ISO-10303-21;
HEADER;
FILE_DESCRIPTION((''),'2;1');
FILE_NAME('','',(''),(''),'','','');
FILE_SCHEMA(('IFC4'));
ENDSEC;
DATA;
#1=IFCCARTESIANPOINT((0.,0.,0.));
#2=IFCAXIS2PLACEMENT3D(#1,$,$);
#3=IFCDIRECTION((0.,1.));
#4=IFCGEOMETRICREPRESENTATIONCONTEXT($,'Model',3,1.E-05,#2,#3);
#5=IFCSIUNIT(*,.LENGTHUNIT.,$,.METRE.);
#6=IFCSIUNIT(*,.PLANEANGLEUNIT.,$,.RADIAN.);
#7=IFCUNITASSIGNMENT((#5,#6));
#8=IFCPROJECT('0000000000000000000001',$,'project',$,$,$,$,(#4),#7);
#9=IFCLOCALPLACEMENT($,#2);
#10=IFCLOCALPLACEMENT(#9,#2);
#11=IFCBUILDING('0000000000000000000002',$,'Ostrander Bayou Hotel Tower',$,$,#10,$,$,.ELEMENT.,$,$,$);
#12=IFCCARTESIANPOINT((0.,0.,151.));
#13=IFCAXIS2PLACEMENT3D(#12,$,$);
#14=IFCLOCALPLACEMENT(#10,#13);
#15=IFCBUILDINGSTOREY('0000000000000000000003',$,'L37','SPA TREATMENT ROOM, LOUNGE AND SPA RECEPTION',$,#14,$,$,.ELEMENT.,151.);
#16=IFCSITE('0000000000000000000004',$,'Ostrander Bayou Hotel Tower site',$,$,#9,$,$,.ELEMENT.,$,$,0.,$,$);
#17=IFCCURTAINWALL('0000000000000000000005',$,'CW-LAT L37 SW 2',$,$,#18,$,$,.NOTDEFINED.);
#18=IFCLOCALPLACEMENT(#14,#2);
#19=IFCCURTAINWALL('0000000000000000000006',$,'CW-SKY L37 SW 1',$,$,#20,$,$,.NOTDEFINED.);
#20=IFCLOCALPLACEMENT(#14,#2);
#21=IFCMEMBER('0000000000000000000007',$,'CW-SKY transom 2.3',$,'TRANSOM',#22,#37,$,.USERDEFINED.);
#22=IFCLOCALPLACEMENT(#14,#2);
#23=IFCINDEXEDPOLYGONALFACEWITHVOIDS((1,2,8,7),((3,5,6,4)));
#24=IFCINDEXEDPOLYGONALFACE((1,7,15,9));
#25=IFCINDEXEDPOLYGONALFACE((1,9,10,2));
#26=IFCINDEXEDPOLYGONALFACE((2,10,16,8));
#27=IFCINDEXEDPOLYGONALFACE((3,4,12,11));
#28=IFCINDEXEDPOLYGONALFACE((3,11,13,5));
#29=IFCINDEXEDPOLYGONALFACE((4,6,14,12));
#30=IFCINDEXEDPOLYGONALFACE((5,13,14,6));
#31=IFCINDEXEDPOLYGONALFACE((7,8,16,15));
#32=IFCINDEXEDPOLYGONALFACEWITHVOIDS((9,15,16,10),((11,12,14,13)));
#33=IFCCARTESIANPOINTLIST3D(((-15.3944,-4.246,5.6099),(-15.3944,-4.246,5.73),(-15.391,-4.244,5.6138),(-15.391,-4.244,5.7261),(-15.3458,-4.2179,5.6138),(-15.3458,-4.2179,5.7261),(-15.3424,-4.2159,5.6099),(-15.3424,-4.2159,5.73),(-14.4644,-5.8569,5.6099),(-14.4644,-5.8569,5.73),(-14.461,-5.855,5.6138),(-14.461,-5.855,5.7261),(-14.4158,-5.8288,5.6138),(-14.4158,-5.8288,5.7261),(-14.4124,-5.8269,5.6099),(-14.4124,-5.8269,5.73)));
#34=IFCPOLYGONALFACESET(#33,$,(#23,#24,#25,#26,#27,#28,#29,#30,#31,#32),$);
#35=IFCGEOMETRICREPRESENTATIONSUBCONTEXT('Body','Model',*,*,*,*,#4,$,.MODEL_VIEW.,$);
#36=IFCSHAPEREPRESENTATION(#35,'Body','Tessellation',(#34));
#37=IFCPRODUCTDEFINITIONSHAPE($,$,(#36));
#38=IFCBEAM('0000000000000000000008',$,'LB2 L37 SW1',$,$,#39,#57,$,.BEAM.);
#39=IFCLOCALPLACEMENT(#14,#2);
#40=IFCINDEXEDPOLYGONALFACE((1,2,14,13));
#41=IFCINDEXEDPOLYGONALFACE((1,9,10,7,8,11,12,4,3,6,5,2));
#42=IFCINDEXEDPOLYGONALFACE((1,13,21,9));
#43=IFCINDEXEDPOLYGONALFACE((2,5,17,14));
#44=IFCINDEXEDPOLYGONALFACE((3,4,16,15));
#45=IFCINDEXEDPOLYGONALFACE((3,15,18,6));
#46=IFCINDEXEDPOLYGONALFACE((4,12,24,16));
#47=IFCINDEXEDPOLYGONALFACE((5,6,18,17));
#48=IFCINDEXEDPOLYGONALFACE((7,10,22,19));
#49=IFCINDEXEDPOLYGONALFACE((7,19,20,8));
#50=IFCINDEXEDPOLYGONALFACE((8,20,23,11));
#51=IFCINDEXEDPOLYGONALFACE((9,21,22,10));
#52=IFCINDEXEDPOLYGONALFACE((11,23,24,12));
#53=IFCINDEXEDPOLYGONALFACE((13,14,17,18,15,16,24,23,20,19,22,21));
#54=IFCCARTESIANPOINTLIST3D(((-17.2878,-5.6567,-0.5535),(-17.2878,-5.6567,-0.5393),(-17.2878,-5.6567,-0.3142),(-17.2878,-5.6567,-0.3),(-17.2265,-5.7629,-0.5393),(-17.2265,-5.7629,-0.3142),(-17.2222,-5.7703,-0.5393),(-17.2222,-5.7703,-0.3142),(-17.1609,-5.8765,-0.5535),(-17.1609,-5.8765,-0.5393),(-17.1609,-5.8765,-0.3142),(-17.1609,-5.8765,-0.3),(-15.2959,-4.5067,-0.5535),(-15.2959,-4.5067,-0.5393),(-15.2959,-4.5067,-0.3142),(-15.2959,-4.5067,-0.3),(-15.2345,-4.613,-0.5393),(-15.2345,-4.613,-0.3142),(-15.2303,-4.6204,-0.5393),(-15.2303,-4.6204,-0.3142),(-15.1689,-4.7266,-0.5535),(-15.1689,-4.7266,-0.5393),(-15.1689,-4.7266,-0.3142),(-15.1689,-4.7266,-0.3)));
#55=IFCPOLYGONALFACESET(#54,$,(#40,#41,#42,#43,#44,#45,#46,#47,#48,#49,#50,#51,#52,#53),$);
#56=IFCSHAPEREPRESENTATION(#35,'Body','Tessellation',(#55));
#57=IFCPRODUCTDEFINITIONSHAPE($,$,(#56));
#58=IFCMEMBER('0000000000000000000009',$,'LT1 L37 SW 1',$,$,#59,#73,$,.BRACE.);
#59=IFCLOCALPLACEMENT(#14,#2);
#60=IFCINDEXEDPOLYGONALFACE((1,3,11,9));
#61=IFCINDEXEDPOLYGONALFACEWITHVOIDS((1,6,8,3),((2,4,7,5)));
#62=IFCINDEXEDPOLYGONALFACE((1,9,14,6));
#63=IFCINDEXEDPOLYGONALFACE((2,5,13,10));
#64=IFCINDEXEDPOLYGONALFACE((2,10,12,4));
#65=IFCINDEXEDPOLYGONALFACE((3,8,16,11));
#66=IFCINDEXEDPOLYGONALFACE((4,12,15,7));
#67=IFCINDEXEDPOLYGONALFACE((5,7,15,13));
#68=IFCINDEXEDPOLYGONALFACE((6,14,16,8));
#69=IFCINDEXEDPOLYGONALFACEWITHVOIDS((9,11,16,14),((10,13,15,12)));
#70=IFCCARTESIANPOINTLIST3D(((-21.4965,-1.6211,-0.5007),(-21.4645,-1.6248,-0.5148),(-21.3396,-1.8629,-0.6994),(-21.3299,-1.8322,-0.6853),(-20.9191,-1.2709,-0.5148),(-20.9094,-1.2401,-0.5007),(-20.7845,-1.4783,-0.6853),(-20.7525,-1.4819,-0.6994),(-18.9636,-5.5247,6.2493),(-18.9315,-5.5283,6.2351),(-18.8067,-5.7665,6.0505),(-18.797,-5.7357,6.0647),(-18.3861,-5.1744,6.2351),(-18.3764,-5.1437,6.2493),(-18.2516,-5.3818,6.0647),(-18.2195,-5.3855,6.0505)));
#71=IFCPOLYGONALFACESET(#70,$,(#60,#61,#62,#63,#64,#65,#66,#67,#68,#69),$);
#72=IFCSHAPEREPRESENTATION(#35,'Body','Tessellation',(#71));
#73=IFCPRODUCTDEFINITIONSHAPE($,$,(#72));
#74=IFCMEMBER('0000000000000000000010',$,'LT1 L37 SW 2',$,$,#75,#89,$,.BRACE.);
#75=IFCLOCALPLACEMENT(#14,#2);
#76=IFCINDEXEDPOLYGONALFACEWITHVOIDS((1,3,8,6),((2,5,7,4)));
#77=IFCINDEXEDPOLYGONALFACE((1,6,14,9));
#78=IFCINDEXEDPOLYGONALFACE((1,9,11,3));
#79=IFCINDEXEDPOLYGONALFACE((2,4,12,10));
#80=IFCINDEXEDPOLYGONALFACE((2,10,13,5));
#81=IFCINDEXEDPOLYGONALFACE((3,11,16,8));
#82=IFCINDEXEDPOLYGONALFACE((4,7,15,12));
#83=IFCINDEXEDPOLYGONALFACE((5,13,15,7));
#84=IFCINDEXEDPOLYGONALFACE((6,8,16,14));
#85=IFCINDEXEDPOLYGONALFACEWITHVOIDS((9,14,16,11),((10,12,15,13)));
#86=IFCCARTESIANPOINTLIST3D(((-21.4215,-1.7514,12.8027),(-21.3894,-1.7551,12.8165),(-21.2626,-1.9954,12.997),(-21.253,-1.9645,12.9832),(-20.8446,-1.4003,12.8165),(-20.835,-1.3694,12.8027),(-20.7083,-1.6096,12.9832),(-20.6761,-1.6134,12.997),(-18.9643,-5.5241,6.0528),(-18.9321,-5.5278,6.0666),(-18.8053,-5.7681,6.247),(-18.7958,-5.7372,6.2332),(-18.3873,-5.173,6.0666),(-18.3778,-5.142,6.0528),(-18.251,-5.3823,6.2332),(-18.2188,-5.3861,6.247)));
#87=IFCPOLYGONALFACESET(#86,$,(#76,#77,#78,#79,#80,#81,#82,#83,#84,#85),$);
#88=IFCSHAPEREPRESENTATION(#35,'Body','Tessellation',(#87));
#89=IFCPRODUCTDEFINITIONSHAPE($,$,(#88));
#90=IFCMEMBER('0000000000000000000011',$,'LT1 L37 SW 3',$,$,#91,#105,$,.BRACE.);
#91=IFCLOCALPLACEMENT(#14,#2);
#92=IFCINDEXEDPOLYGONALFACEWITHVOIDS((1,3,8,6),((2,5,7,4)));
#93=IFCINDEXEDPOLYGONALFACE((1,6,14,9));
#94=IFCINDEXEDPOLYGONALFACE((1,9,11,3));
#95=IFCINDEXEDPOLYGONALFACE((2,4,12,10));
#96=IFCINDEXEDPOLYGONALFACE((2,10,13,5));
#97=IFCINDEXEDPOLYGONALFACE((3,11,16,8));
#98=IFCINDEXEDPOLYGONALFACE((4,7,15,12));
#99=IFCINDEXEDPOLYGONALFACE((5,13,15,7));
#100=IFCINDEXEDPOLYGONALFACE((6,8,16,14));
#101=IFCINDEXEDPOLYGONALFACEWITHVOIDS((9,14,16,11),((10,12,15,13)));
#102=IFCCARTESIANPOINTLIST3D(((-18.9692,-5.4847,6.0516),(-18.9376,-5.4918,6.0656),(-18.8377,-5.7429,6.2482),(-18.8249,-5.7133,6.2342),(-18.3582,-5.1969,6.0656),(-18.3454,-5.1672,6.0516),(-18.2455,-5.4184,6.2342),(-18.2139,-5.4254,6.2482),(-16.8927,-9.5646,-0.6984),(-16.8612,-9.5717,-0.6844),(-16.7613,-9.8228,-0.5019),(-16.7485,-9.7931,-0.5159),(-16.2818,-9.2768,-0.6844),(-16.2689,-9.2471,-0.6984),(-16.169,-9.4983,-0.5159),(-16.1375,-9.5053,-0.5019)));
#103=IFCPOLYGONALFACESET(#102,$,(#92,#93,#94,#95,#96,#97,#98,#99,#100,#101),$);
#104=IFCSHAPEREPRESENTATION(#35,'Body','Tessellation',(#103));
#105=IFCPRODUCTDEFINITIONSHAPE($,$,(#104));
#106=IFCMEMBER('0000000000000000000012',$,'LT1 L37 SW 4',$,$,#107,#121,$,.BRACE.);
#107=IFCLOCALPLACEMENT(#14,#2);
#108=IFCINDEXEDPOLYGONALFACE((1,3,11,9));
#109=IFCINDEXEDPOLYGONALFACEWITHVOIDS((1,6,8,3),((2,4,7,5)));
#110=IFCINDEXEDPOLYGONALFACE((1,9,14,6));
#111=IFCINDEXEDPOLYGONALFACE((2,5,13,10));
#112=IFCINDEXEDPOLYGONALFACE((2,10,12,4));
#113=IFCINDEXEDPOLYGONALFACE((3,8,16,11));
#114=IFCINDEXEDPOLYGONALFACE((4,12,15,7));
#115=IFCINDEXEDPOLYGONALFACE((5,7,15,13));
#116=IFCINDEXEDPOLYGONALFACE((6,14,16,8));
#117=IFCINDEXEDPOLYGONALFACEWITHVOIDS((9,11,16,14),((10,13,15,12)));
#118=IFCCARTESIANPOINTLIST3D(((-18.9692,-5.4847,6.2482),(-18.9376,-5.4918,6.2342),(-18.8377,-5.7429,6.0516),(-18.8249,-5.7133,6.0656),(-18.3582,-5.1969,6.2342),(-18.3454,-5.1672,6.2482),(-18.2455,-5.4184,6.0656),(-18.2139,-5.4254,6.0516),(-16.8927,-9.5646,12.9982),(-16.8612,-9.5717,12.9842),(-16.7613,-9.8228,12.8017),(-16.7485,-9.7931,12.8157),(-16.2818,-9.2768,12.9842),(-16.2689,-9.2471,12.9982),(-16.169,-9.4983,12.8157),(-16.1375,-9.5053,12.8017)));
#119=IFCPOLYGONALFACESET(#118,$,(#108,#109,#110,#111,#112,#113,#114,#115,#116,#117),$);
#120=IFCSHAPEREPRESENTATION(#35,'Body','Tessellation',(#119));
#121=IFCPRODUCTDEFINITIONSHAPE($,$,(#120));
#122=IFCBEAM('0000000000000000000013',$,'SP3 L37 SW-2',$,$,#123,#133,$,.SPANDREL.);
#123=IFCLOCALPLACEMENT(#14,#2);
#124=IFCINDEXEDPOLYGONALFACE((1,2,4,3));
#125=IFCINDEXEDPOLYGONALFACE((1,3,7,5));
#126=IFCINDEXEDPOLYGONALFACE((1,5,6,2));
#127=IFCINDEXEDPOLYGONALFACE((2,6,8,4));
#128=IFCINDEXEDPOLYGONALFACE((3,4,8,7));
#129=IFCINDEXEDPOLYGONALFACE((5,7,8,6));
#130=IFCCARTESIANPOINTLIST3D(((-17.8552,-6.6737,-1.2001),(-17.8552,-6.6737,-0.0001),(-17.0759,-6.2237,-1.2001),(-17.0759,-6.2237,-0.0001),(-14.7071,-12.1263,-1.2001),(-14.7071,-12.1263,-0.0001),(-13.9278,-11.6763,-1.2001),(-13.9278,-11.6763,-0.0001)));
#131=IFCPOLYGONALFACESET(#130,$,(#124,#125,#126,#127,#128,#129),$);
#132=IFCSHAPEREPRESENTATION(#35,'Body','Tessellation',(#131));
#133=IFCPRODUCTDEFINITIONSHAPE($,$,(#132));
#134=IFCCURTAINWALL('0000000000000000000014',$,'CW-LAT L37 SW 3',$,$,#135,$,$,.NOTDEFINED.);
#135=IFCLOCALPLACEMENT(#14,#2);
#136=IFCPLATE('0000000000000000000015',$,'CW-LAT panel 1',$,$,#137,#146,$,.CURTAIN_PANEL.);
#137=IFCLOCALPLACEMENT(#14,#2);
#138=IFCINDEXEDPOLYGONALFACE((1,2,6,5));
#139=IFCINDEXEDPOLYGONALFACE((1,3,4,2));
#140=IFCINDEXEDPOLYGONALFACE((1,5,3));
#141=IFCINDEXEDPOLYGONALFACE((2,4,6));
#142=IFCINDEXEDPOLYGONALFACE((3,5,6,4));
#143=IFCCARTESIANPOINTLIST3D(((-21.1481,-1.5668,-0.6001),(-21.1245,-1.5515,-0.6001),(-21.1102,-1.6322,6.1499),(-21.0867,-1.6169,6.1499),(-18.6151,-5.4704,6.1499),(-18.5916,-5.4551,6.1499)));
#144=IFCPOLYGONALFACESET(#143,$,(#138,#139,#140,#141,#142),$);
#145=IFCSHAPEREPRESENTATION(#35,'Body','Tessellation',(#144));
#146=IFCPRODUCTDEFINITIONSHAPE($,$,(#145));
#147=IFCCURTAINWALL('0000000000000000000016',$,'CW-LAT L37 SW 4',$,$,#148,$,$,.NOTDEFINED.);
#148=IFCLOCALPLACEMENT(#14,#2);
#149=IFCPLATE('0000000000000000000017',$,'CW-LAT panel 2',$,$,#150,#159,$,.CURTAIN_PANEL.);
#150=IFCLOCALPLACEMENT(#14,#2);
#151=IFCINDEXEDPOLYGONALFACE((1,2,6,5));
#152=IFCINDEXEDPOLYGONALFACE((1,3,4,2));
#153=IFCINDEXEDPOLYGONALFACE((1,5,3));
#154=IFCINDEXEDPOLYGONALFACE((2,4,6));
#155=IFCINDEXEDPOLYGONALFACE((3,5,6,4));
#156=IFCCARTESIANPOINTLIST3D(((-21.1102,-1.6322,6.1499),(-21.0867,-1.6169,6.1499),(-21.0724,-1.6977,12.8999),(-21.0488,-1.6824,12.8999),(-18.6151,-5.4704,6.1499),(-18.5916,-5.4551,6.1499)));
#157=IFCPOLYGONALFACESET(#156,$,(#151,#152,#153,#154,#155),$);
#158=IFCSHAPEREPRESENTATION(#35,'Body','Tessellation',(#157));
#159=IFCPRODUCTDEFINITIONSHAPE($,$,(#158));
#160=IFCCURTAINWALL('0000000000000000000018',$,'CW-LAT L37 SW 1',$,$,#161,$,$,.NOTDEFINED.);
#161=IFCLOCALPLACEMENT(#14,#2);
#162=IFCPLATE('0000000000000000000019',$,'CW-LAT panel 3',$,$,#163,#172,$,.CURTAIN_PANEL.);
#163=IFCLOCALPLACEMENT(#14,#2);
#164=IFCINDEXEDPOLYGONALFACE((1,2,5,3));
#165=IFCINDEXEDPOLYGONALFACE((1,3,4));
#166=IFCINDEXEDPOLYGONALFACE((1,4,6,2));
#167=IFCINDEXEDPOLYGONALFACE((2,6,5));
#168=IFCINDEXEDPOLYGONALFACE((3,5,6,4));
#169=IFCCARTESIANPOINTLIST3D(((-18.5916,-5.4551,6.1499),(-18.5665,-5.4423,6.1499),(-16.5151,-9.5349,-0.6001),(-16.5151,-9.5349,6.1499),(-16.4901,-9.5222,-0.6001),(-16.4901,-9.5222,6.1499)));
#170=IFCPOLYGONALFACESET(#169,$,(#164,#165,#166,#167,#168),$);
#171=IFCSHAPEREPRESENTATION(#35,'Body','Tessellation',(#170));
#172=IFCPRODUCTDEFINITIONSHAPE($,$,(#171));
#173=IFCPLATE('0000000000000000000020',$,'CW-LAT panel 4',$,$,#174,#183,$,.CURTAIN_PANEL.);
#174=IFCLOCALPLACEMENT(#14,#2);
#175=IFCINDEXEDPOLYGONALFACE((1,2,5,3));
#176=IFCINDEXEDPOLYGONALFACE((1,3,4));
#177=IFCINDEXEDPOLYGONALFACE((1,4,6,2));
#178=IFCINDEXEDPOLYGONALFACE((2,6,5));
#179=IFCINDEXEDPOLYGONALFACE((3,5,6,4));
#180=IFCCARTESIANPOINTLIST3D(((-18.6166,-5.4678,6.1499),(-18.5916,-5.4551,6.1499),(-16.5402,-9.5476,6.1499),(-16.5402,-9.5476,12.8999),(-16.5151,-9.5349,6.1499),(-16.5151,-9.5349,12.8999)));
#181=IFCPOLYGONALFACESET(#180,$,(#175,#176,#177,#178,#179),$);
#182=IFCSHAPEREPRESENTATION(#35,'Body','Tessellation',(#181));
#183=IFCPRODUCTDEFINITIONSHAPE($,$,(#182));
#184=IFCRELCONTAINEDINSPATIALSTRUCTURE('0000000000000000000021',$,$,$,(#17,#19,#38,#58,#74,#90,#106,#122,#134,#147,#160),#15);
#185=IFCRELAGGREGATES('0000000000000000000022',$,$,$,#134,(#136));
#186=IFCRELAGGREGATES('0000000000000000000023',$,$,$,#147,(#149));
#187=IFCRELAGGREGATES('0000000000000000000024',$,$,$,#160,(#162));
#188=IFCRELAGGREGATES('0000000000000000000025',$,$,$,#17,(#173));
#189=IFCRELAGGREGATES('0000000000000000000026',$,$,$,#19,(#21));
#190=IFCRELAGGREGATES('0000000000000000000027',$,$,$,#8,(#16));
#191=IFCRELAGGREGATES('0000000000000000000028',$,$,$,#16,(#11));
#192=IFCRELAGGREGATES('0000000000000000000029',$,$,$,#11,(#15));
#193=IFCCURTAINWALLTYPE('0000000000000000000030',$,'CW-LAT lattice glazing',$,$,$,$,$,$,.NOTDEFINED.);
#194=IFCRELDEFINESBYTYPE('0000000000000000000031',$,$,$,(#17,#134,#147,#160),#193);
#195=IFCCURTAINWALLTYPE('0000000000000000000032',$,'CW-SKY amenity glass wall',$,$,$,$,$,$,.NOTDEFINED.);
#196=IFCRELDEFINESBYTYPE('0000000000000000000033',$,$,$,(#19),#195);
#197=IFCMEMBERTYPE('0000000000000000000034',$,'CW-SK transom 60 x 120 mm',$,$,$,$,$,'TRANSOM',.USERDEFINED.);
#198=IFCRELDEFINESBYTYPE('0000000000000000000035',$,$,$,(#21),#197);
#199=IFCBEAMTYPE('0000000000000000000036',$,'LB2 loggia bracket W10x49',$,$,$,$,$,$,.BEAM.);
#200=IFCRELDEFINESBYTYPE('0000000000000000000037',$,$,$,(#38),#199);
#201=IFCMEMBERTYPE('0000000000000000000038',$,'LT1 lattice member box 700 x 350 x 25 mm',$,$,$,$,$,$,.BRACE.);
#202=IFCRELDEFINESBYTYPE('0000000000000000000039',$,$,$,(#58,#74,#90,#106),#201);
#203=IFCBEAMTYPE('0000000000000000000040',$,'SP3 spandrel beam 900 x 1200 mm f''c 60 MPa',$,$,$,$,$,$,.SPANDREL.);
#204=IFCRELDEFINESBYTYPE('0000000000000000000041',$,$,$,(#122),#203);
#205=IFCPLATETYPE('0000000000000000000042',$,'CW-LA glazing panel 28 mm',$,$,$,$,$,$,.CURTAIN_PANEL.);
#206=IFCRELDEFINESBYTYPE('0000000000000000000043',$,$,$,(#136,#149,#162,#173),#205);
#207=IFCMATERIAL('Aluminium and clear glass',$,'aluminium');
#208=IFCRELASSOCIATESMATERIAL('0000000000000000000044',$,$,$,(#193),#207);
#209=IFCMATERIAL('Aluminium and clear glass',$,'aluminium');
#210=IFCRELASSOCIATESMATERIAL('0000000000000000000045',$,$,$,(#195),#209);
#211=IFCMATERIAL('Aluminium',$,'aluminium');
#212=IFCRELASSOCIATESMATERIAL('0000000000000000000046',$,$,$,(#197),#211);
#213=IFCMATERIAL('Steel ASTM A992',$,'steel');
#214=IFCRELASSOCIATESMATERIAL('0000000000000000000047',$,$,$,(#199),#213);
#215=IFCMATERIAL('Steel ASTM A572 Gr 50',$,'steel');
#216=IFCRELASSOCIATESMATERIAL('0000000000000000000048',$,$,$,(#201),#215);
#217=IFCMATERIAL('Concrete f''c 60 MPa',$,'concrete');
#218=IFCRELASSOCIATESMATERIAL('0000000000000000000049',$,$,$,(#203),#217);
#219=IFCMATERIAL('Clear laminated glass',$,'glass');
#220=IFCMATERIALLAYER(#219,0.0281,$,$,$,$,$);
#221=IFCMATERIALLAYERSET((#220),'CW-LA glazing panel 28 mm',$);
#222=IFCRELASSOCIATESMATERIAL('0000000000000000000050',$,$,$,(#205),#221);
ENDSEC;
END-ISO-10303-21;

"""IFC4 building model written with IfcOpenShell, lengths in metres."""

from ifc_helpers import new_model, si_unit, direction, frame, origin, origin_2d, place, context, subcontext, project, spatial, polyline, rectangle, hollow_rectangle, i_section, outline, extrude, material, layer, layer_set, material_profile, profile_set, type_object, element, aggregate, save


model = new_model("IFC4")

# Units and contexts
model_context = context("Model", 3, precision=1e-05, world=origin(), true_north=direction((0.0, 1.0)))
body_context = subcontext(model_context, "Body", "Model", "MODEL_VIEW")
ifc_project = project(units=[si_unit("LENGTHUNIT", "METRE"), si_unit("PLANEANGLEUNIT", "RADIAN")], contexts=[model_context])

# Site, building, storey
site_placement = place(None, origin())
site = spatial("IfcSite", under=ifc_project, at=site_placement, Name="Ostrander Bayou Hotel Tower site", CompositionType="ELEMENT", RefElevation=0.0)
building_placement = place(site_placement, origin())
building = spatial("IfcBuilding", under=site, at=building_placement, Name="Ostrander Bayou Hotel Tower", CompositionType="ELEMENT")
storey_placement = place(building_placement, frame((0.0, 0.0, 151.0)))
storey = spatial("IfcBuildingStorey", under=building, at=storey_placement, Name="L37", Description="SPA TREATMENT ROOM, LOUNGE AND SPA RECEPTION", CompositionType="ELEMENT", Elevation=151.0)

# Curtain walls, member
ifc_material_1 = material(Name="Aluminium and clear glass", Category="aluminium")
curtain_wall_type_1 = type_object("IfcCurtainWallType", Name="CW-LAT lattice glazing", PredefinedType="NOTDEFINED", material=ifc_material_1)
curtain_wall_1_placement = place(storey_placement, origin())
curtain_wall_1 = element("IfcCurtainWall", 1, at=curtain_wall_1_placement, inside=storey, type_object=curtain_wall_type_1, Name="CW-LAT L37 SW 2", PredefinedType="NOTDEFINED")
ifc_material_2 = material(Name="Aluminium and clear glass", Category="aluminium")
curtain_wall_type_2 = type_object("IfcCurtainWallType", Name="CW-SKY amenity glass wall", PredefinedType="NOTDEFINED", material=ifc_material_2)
curtain_wall_2_placement = place(storey_placement, origin())
curtain_wall_2 = element("IfcCurtainWall", 2, at=curtain_wall_2_placement, inside=storey, type_object=curtain_wall_type_2, Name="CW-SKY L37 SW 1", PredefinedType="NOTDEFINED")
ifc_material_3 = material(Name="Aluminium", Category="aluminium")
ifc_material_profile_1 = material_profile(ifc_material_3, hollow_rectangle(XDim=0.0601, YDim=0.1201, WallThickness=0.0039, at=origin_2d()))
ifc_profile_set_1 = profile_set([ifc_material_profile_1], Name="Aluminium")
member_type_1 = type_object("IfcMemberType", Name="CW-SK transom 60 x 120 mm", ElementType="TRANSOM", PredefinedType="USERDEFINED", material=ifc_profile_set_1)
member_1_placement = place(storey_placement, frame((-15.3684, -4.231, 5.6699), z_axis=(0.499965, -0.866046, 0.0), x_axis=(0.866046, 0.499965, 0.0)))
member_1 = element("IfcMember", 3, at=member_1_placement, type_object=member_type_1, Name="CW-SKY transom 2.3", ObjectType="TRANSOM", PredefinedType="USERDEFINED", context=body_context, shape_type="SweptSolid", body=[
    extrude(hollow_rectangle(XDim=0.0601, YDim=0.1201, WallThickness=0.0039, at=origin_2d()), origin(), (0.0, 0.0, 1.0), 1.8601),
])

# Beam
ifc_material_4 = material(Name="Steel ASTM A992", Category="steel")
ifc_material_profile_2 = material_profile(ifc_material_4, i_section(OverallWidth=0.2539, OverallDepth=0.2534, WebThickness=0.0085, FlangeThickness=0.0142, at=origin_2d()))
ifc_profile_set_2 = profile_set([ifc_material_profile_2], Name="Steel ASTM A992")
beam_type_1 = type_object("IfcBeamType", Name="LB2 loggia bracket W10x49", PredefinedType="BEAM", material=ifc_profile_set_2)
beam_1_placement = place(storey_placement, frame((-17.2244, -5.7666, -0.4268), z_axis=(0.866053, 0.499952, 0.0), x_axis=(-0.499952, 0.866053, 0.0)))
element("IfcBeam", 4, at=beam_1_placement, inside=storey, type_object=beam_type_1, Name="LB2 L37 SW1", PredefinedType="BEAM", context=body_context, shape_type="SweptSolid", body=[
    extrude(i_section(OverallWidth=0.2539, OverallDepth=0.2534, WebThickness=0.0085, FlangeThickness=0.0142, at=origin_2d()), origin(), (0.0, 0.0, 1.0), 2.3),
])

# Members
ifc_material_5 = material(Name="Steel ASTM A572 Gr 50", Category="steel")
ifc_material_profile_3 = material_profile(ifc_material_5, hollow_rectangle(XDim=0.7, YDim=0.3501, WallThickness=0.0249, at=origin_2d()))
ifc_profile_set_3 = profile_set([ifc_material_profile_3], Name="Steel ASTM A572 Gr 50")
member_type_2 = type_object("IfcMemberType", Name="LT1 lattice member box 700 x 350 x 25 mm", PredefinedType="BRACE", material=ifc_profile_set_3)
member_2_placement = place(storey_placement, frame((-18.5916, -5.4551, 6.1499), z_axis=(-0.308952, 0.476129, -0.823316), x_axis=(-0.838871, -0.54433, 0.0)))
element("IfcMember", 5, at=member_2_placement, inside=storey, type_object=member_type_2, Name="LT1 L37 SW 1", PredefinedType="BRACE", context=body_context, shape_type="SweptSolid", body=[
    extrude(hollow_rectangle(XDim=0.7, YDim=0.3501, WallThickness=0.0249, at=origin_2d()), origin(), (0.0, 0.0, 1.0), 8.1985),
])
member_3_placement = place(storey_placement, frame((-18.5916, -5.4551, 6.1499), z_axis=(-0.302851, 0.464973, 0.831914), x_axis=(-0.837934, -0.545771, 0.0)))
element("IfcMember", 6, at=member_3_placement, inside=storey, type_object=member_type_2, Name="LT1 L37 SW 2", PredefinedType="BRACE", context=body_context, shape_type="SweptSolid", body=[
    extrude(hollow_rectangle(XDim=0.7, YDim=0.3501, WallThickness=0.0249, at=origin_2d()), origin(), (0.0, 0.0, 1.0), 8.1138),
])
for number, where, z_axis, x_axis, name in (
    (7, (-18.5916, -5.4551, 6.1499), (0.25459, -0.50023, -0.82762), (0.891215, 0.453581, 0.0), "LT1 L37 SW 3"),
    (8, (-18.5916, -5.4551, 6.1499), (0.25459, -0.50023, 0.82762), (0.891215, 0.453581, 0.0), "LT1 L37 SW 4"),
):
    element("IfcMember", number, at=place(storey_placement, frame(where, z_axis=z_axis, x_axis=x_axis)), inside=storey, type_object=member_type_2, Name=name, PredefinedType="BRACE", context=body_context, shape_type="SweptSolid", body=[
        extrude(hollow_rectangle(XDim=0.7, YDim=0.3501, WallThickness=0.0249, at=origin_2d()), origin(), (0.0, 0.0, 1.0), 8.156),
    ])

# Beam
ifc_material_6 = material(Name="Concrete f'c 60 MPa", Category="concrete")
ifc_material_profile_4 = material_profile(ifc_material_6, rectangle(XDim=0.8999, YDim=1.2, at=origin_2d()))
ifc_profile_set_4 = profile_set([ifc_material_profile_4], Name="Concrete f'c 60 MPa")
beam_type_2 = type_object("IfcBeamType", Name="SP3 spandrel beam 900 x 1200 mm f'c 60 MPa", PredefinedType="SPANDREL", material=ifc_profile_set_4)
beam_2_placement = place(storey_placement, frame((-17.4656, -6.4487, -0.6001), z_axis=(0.500013, -0.866018, 0.0), x_axis=(0.866018, 0.500013, 0.0)))
element("IfcBeam", 9, at=beam_2_placement, inside=storey, type_object=beam_type_2, Name="SP3 L37 SW-2", PredefinedType="SPANDREL", context=body_context, shape_type="SweptSolid", body=[
    extrude(rectangle(XDim=0.8999, YDim=1.2, at=origin_2d()), origin(), (0.0, 0.0, 1.0), 6.2961),
])

# Curtain walls, plates
curtain_wall_3_placement = place(storey_placement, origin())
curtain_wall_3 = element("IfcCurtainWall", 10, at=curtain_wall_3_placement, inside=storey, type_object=curtain_wall_type_1, Name="CW-LAT L37 SW 3", PredefinedType="NOTDEFINED")
ifc_material_7 = material(Name="Clear laminated glass", Category="glass")
ifc_layer_1 = layer(ifc_material_7, 0.0281)
ifc_layer_set_1 = layer_set([ifc_layer_1], Name="CW-LA glazing panel 28 mm")
plate_type_1 = type_object("IfcPlateType", Name="CW-LA glazing panel 28 mm", PredefinedType="CURTAIN_PANEL", material=ifc_layer_set_1)
plate_1_placement = place(storey_placement, frame((-18.5916, -5.4551, 6.1499), z_axis=(0.838411, 0.545039, 0.000583), x_axis=(-0.308952, 0.476129, -0.823316)))
plate_1 = element("IfcPlate", 11, at=plate_1_placement, type_object=plate_type_1, Name="CW-LAT panel 1", PredefinedType="CURTAIN_PANEL", context=body_context, shape_type="SweptSolid", body=[
    extrude(outline(polyline([(0.0, 0.0), (8.1985, 0.0), (2.5983, 3.769), (0.0, 0.0)])), origin(), (0.0, 0.0, -1.0), 0.0281),
])
aggregate(curtain_wall_3, [plate_1])
curtain_wall_4_placement = place(storey_placement, origin())
curtain_wall_4 = element("IfcCurtainWall", 12, at=curtain_wall_4_placement, inside=storey, type_object=curtain_wall_type_1, Name="CW-LAT L37 SW 4", PredefinedType="NOTDEFINED")
plate_2_placement = place(storey_placement, frame((-18.5916, -5.4551, 6.1499), z_axis=(0.838411, 0.545039, 0.000583), x_axis=(-0.302851, 0.464973, 0.831914)))
plate_2 = element("IfcPlate", 13, at=plate_2_placement, type_object=plate_type_1, Name="CW-LAT panel 2", PredefinedType="CURTAIN_PANEL", context=body_context, shape_type="SweptSolid", body=[
    extrude(outline(polyline([(0.0, 0.0), (8.1138, 0.0), (2.5403, -3.8084), (0.0, 0.0)])), origin(), (0.0, 0.0, -1.0), 0.0281),
])
aggregate(curtain_wall_4, [plate_2])
curtain_wall_5_placement = place(storey_placement, origin())
curtain_wall_5 = element("IfcCurtainWall", 14, at=curtain_wall_5_placement, inside=storey, type_object=curtain_wall_type_1, Name="CW-LAT L37 SW 1", PredefinedType="NOTDEFINED")
plate_3_placement = place(storey_placement, frame((-18.5916, -5.4551, 6.1499), z_axis=(-0.891215, -0.453581, 0.0), x_axis=(0.25459, -0.50023, -0.82762)))
plate_3 = element("IfcPlate", 15, at=plate_3_placement, type_object=plate_type_1, Name="CW-LAT panel 3", PredefinedType="CURTAIN_PANEL", context=body_context, shape_type="SweptSolid", body=[
    extrude(outline(polyline([(0.0, 0.0), (8.1559, 0.0), (2.5695, 3.7887), (0.0, 0.0)])), origin(), (0.0, 0.0, -1.0), 0.0281),
])
aggregate(curtain_wall_5, [plate_3])

# Plate
plate_4_placement = place(storey_placement, frame((-18.5916, -5.4551, 6.1499), z_axis=(0.891215, 0.453581, 0.0), x_axis=(0.25459, -0.50023, 0.82762)))
plate_4 = element("IfcPlate", 16, at=plate_4_placement, type_object=plate_type_1, Name="CW-LAT panel 4", PredefinedType="CURTAIN_PANEL", context=body_context, shape_type="SweptSolid", body=[
    extrude(outline(polyline([(0.0, 0.0), (8.1559, 0.0), (2.5695, 3.7887), (0.0, 0.0)])), origin(), (0.0, 0.0, -1.0), 0.0281),
])
aggregate(curtain_wall_1, [plate_4])
aggregate(curtain_wall_2, [member_1])

save(model, "model.ifc")
